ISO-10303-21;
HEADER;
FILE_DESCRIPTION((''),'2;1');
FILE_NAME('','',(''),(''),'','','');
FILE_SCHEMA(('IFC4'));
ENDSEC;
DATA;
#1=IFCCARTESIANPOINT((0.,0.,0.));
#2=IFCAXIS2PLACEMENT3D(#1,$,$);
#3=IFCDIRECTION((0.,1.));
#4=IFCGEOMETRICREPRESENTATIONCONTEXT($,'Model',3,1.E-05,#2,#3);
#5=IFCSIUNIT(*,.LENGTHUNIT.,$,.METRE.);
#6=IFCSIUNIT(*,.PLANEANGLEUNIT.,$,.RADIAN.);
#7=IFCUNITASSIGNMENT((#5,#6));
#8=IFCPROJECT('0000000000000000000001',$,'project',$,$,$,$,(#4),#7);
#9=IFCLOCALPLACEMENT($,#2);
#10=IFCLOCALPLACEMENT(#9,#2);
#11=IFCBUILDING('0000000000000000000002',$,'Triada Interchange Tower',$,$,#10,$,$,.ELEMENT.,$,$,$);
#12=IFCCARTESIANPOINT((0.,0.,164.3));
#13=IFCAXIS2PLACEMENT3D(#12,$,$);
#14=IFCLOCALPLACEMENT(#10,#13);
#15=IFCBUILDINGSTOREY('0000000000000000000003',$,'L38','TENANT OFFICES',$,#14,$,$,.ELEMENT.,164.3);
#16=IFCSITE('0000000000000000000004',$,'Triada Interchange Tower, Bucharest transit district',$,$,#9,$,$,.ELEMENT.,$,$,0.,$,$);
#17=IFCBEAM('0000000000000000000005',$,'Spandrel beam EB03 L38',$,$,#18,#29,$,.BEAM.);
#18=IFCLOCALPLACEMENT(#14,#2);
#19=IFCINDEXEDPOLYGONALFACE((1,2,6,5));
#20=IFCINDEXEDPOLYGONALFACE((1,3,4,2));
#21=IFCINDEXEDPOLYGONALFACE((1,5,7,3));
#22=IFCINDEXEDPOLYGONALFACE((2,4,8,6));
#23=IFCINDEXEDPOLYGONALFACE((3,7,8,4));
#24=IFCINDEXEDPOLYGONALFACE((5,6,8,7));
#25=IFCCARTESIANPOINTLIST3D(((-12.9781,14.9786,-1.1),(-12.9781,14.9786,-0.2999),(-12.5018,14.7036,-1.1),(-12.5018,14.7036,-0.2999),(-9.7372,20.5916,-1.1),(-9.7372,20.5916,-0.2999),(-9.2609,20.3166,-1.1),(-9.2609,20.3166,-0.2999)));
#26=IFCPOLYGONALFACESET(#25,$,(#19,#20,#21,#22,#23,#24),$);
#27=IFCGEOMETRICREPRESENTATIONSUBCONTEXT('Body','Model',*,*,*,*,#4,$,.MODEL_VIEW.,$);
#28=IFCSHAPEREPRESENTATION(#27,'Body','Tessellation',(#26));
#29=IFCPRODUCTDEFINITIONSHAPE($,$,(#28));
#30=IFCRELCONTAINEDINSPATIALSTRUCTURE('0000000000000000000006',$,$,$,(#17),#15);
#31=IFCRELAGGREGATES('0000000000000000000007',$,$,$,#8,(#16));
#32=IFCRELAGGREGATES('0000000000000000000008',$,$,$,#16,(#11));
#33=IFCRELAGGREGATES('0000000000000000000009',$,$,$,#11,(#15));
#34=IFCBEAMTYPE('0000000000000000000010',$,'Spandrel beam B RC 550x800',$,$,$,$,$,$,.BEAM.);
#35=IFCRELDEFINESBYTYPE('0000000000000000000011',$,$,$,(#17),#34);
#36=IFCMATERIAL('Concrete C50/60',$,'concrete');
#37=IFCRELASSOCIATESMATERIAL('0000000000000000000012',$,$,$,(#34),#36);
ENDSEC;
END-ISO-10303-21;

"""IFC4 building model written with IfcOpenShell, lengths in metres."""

from ifc_helpers import new_model, si_unit, direction, frame, origin, origin_2d, place, context, subcontext, project, spatial, rectangle, extrude, material, material_profile, profile_set, type_object, element, save


model = new_model("IFC4")

# Units and contexts
model_context = context("Model", 3, precision=1e-05, world=origin(), true_north=direction((0.0, 1.0)))
body_context = subcontext(model_context, "Body", "Model", "MODEL_VIEW")
ifc_project = project(units=[si_unit("LENGTHUNIT", "METRE"), si_unit("PLANEANGLEUNIT", "RADIAN")], contexts=[model_context])

# Site, building, storey
site_placement = place(None, origin())
site = spatial("IfcSite", under=ifc_project, at=site_placement, Name="Triada Interchange Tower, Bucharest transit district", CompositionType="ELEMENT", RefElevation=0.0)
building_placement = place(site_placement, origin())
building = spatial("IfcBuilding", under=site, at=building_placement, Name="Triada Interchange Tower", CompositionType="ELEMENT")
storey_placement = place(building_placement, frame((0.0, 0.0, 164.3)))
storey = spatial("IfcBuildingStorey", under=building, at=storey_placement, Name="L38", Description="TENANT OFFICES", CompositionType="ELEMENT", Elevation=164.3)

# Beam
ifc_material_1 = material(Name="Concrete C50/60", Category="concrete")
ifc_material_profile_1 = material_profile(ifc_material_1, rectangle(XDim=0.55, YDim=0.8, at=origin_2d()), Name="RC 550x800")
ifc_profile_set_1 = profile_set([ifc_material_profile_1], Name="Concrete C50/60")
beam_type_1 = type_object("IfcBeamType", Name="Spandrel beam B RC 550x800", PredefinedType="BEAM", material=ifc_profile_set_1)
beam_1_placement = place(storey_placement, frame((-9.499, 20.4541, -0.7), z_axis=(-0.500032, -0.866007, 0.0), x_axis=(0.866007, -0.500032, 0.0)))
element("IfcBeam", 1, at=beam_1_placement, inside=storey, type_object=beam_type_1, Name="Spandrel beam EB03 L38", PredefinedType="BEAM", context=body_context, shape_type="SweptSolid", body=[
    extrude(rectangle(XDim=0.55, YDim=0.8, at=origin_2d()), origin(), (0.0, 0.0, 1.0), 6.4814),
])

save(model, "model.ifc")
